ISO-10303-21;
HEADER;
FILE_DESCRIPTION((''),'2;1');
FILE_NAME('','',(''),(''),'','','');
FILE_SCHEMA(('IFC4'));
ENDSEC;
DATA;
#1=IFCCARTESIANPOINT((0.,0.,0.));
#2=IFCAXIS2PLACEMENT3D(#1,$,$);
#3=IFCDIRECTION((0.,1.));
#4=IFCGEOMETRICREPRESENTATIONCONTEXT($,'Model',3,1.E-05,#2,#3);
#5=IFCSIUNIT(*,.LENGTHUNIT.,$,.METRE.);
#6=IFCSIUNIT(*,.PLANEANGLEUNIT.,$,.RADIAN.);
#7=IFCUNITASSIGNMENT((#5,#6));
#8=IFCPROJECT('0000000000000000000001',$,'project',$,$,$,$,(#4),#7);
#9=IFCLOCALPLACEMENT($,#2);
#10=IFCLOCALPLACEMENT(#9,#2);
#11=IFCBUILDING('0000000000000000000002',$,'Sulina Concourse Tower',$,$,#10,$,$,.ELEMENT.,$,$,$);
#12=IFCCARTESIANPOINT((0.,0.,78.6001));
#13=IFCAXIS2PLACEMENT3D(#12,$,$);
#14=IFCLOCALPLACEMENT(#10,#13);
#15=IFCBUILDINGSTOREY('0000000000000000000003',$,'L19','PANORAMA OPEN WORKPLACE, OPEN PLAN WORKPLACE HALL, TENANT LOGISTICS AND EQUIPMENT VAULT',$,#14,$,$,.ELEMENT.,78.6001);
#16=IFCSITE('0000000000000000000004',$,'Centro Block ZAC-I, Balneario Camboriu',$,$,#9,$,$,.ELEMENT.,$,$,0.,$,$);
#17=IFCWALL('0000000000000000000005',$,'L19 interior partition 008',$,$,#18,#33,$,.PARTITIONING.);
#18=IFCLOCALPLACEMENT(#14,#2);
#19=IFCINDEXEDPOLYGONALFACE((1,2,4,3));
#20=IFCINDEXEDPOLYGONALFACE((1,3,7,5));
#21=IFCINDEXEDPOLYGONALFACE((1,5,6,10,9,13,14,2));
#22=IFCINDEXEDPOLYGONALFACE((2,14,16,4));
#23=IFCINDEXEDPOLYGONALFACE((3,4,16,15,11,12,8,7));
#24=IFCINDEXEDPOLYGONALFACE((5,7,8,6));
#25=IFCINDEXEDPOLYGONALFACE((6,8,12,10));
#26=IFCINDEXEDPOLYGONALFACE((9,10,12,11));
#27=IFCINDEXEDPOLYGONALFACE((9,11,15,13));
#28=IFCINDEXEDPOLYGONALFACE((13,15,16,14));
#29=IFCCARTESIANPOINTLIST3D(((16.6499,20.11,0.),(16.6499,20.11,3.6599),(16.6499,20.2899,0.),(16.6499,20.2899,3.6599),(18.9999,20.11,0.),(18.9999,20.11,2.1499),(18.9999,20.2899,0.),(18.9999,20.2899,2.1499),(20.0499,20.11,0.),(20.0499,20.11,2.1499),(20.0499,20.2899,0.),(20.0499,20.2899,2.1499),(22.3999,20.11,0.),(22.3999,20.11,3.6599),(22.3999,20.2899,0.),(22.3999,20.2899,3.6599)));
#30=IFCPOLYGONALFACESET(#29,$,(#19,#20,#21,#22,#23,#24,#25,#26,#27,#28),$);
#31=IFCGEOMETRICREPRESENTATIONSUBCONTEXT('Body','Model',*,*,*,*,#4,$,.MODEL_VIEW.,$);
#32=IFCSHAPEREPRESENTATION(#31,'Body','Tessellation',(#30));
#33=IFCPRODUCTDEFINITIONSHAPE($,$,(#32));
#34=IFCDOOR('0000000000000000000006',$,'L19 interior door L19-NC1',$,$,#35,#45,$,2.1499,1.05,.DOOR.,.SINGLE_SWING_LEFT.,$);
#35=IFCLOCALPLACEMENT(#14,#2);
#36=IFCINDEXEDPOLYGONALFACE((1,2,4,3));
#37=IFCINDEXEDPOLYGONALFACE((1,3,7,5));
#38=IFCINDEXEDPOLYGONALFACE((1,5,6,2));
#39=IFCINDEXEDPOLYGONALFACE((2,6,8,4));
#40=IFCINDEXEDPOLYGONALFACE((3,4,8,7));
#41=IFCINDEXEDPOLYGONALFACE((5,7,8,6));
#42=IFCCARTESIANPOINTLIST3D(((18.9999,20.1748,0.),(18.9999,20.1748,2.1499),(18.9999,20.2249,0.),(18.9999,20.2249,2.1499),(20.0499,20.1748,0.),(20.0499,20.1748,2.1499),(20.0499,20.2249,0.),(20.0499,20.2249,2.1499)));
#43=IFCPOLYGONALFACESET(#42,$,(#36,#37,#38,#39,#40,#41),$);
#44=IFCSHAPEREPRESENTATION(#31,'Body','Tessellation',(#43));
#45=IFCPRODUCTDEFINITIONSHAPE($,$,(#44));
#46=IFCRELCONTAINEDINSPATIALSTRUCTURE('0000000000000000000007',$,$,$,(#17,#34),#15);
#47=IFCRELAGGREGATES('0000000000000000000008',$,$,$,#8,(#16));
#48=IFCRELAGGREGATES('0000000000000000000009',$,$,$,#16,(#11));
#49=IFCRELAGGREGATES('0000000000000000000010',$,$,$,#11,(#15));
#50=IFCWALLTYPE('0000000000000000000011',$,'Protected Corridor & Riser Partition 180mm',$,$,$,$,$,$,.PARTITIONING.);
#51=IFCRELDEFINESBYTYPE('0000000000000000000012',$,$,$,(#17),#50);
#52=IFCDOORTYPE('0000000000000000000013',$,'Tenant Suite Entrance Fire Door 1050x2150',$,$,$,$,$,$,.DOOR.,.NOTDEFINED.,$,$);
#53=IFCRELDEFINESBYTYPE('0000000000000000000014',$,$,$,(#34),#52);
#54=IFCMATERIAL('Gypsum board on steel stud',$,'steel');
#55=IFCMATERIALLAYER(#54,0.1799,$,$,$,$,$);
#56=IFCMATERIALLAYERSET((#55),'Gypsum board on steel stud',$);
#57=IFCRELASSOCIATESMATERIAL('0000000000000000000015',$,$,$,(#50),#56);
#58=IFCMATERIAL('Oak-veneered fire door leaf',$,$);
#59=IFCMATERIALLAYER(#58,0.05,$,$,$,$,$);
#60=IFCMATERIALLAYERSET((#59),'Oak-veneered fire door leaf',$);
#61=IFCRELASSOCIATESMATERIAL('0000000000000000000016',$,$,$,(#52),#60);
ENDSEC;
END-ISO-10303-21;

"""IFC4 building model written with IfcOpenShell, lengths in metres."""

from ifc_helpers import new_model, si_unit, direction, frame, frame_2d, origin, place, context, subcontext, project, spatial, rectangle, extrude, material, layer, layer_set, type_object, element, fill, save


model = new_model("IFC4")

# Units and contexts
model_context = context("Model", 3, precision=1e-05, world=origin(), true_north=direction((0.0, 1.0)))
body_context = subcontext(model_context, "Body", "Model", "MODEL_VIEW")
ifc_project = project(units=[si_unit("LENGTHUNIT", "METRE"), si_unit("PLANEANGLEUNIT", "RADIAN")], contexts=[model_context])

# Site, building, storey
site_placement = place(None, origin())
site = spatial("IfcSite", under=ifc_project, at=site_placement, Name="Centro Block ZAC-I, Balneario Camboriu", CompositionType="ELEMENT", RefElevation=0.0)
building_placement = place(site_placement, origin())
building = spatial("IfcBuilding", under=site, at=building_placement, Name="Sulina Concourse Tower", CompositionType="ELEMENT")
storey_placement = place(building_placement, frame((0.0, 0.0, 78.6001)))
storey = spatial("IfcBuildingStorey", under=building, at=storey_placement, Name="L19", Description="PANORAMA OPEN WORKPLACE, OPEN PLAN WORKPLACE HALL, TENANT LOGISTICS AND EQUIPMENT VAULT", CompositionType="ELEMENT", Elevation=78.6001)

# Shared definitions
ifc_material_1 = material(Name="Gypsum board on steel stud", Category="steel")
ifc_layer_1 = layer(ifc_material_1, 0.1799)
ifc_layer_set_1 = layer_set([ifc_layer_1], Name="Gypsum board on steel stud")
wall_type_1 = type_object("IfcWallType", Name="Protected Corridor & Riser Partition 180mm", PredefinedType="PARTITIONING", material=ifc_layer_set_1)
ifc_material_2 = material(Name="Oak-veneered fire door leaf")
ifc_layer_2 = layer(ifc_material_2, 0.05)
ifc_layer_set_2 = layer_set([ifc_layer_2], Name="Oak-veneered fire door leaf")
door_type_1 = type_object("IfcDoorType", Name="Tenant Suite Entrance Fire Door 1050x2150", OperationType="NOTDEFINED", PredefinedType="DOOR", material=ifc_layer_set_2)

# Wall, opening, door
wall_1_placement = place(storey_placement, frame((16.6499, 20.2, 0.0), z_axis=(0.0, 0.0, 1.0), x_axis=(1.0, 0.0, 0.0)))
wall_1 = element("IfcWall", 1, at=wall_1_placement, inside=storey, type_object=wall_type_1, Name="L19 interior partition 008", PredefinedType="PARTITIONING", context=body_context, shape_type="SweptSolid", body=[
    extrude(rectangle(XDim=5.75, YDim=0.1799, at=frame_2d((2.875, 0.0))), origin(), (0.0, 0.0, 1.0), 3.6599),
])
opening_1_placement = place(wall_1_placement, frame((2.3501, 0.0, 0.0)))
opening_1 = element("IfcOpeningElement", 2, at=opening_1_placement, cuts=wall_1, PredefinedType="OPENING", context=body_context, shape_type="SweptSolid", body=[
    extrude(rectangle(XDim=1.05, YDim=2.1499, at=frame_2d((0.5249, 1.075))), frame((0.0, 0.0999, 0.0), z_axis=(0.0, -1.0, 0.0), x_axis=(1.0, 0.0, 0.0)), (0.0, 0.0, 1.0), 0.2),
])
door_1_placement = place(opening_1_placement, origin())
door_1 = element("IfcDoor", 3, at=door_1_placement, inside=storey, type_object=door_type_1, Name="L19 interior door L19-NC1", OperationType="SINGLE_SWING_LEFT", OverallHeight=2.1499, OverallWidth=1.05, PredefinedType="DOOR", context=body_context, shape_type="SweptSolid", body=[
    extrude(rectangle(XDim=1.05, YDim=2.1499, at=frame_2d((0.5249, 1.075))), frame((0.0, 0.0249, 0.0), z_axis=(0.0, -1.0, 0.0), x_axis=(1.0, 0.0, 0.0)), (0.0, 0.0, 1.0), 0.05),
])
fill(opening_1, door_1)

save(model, "model.ifc")
